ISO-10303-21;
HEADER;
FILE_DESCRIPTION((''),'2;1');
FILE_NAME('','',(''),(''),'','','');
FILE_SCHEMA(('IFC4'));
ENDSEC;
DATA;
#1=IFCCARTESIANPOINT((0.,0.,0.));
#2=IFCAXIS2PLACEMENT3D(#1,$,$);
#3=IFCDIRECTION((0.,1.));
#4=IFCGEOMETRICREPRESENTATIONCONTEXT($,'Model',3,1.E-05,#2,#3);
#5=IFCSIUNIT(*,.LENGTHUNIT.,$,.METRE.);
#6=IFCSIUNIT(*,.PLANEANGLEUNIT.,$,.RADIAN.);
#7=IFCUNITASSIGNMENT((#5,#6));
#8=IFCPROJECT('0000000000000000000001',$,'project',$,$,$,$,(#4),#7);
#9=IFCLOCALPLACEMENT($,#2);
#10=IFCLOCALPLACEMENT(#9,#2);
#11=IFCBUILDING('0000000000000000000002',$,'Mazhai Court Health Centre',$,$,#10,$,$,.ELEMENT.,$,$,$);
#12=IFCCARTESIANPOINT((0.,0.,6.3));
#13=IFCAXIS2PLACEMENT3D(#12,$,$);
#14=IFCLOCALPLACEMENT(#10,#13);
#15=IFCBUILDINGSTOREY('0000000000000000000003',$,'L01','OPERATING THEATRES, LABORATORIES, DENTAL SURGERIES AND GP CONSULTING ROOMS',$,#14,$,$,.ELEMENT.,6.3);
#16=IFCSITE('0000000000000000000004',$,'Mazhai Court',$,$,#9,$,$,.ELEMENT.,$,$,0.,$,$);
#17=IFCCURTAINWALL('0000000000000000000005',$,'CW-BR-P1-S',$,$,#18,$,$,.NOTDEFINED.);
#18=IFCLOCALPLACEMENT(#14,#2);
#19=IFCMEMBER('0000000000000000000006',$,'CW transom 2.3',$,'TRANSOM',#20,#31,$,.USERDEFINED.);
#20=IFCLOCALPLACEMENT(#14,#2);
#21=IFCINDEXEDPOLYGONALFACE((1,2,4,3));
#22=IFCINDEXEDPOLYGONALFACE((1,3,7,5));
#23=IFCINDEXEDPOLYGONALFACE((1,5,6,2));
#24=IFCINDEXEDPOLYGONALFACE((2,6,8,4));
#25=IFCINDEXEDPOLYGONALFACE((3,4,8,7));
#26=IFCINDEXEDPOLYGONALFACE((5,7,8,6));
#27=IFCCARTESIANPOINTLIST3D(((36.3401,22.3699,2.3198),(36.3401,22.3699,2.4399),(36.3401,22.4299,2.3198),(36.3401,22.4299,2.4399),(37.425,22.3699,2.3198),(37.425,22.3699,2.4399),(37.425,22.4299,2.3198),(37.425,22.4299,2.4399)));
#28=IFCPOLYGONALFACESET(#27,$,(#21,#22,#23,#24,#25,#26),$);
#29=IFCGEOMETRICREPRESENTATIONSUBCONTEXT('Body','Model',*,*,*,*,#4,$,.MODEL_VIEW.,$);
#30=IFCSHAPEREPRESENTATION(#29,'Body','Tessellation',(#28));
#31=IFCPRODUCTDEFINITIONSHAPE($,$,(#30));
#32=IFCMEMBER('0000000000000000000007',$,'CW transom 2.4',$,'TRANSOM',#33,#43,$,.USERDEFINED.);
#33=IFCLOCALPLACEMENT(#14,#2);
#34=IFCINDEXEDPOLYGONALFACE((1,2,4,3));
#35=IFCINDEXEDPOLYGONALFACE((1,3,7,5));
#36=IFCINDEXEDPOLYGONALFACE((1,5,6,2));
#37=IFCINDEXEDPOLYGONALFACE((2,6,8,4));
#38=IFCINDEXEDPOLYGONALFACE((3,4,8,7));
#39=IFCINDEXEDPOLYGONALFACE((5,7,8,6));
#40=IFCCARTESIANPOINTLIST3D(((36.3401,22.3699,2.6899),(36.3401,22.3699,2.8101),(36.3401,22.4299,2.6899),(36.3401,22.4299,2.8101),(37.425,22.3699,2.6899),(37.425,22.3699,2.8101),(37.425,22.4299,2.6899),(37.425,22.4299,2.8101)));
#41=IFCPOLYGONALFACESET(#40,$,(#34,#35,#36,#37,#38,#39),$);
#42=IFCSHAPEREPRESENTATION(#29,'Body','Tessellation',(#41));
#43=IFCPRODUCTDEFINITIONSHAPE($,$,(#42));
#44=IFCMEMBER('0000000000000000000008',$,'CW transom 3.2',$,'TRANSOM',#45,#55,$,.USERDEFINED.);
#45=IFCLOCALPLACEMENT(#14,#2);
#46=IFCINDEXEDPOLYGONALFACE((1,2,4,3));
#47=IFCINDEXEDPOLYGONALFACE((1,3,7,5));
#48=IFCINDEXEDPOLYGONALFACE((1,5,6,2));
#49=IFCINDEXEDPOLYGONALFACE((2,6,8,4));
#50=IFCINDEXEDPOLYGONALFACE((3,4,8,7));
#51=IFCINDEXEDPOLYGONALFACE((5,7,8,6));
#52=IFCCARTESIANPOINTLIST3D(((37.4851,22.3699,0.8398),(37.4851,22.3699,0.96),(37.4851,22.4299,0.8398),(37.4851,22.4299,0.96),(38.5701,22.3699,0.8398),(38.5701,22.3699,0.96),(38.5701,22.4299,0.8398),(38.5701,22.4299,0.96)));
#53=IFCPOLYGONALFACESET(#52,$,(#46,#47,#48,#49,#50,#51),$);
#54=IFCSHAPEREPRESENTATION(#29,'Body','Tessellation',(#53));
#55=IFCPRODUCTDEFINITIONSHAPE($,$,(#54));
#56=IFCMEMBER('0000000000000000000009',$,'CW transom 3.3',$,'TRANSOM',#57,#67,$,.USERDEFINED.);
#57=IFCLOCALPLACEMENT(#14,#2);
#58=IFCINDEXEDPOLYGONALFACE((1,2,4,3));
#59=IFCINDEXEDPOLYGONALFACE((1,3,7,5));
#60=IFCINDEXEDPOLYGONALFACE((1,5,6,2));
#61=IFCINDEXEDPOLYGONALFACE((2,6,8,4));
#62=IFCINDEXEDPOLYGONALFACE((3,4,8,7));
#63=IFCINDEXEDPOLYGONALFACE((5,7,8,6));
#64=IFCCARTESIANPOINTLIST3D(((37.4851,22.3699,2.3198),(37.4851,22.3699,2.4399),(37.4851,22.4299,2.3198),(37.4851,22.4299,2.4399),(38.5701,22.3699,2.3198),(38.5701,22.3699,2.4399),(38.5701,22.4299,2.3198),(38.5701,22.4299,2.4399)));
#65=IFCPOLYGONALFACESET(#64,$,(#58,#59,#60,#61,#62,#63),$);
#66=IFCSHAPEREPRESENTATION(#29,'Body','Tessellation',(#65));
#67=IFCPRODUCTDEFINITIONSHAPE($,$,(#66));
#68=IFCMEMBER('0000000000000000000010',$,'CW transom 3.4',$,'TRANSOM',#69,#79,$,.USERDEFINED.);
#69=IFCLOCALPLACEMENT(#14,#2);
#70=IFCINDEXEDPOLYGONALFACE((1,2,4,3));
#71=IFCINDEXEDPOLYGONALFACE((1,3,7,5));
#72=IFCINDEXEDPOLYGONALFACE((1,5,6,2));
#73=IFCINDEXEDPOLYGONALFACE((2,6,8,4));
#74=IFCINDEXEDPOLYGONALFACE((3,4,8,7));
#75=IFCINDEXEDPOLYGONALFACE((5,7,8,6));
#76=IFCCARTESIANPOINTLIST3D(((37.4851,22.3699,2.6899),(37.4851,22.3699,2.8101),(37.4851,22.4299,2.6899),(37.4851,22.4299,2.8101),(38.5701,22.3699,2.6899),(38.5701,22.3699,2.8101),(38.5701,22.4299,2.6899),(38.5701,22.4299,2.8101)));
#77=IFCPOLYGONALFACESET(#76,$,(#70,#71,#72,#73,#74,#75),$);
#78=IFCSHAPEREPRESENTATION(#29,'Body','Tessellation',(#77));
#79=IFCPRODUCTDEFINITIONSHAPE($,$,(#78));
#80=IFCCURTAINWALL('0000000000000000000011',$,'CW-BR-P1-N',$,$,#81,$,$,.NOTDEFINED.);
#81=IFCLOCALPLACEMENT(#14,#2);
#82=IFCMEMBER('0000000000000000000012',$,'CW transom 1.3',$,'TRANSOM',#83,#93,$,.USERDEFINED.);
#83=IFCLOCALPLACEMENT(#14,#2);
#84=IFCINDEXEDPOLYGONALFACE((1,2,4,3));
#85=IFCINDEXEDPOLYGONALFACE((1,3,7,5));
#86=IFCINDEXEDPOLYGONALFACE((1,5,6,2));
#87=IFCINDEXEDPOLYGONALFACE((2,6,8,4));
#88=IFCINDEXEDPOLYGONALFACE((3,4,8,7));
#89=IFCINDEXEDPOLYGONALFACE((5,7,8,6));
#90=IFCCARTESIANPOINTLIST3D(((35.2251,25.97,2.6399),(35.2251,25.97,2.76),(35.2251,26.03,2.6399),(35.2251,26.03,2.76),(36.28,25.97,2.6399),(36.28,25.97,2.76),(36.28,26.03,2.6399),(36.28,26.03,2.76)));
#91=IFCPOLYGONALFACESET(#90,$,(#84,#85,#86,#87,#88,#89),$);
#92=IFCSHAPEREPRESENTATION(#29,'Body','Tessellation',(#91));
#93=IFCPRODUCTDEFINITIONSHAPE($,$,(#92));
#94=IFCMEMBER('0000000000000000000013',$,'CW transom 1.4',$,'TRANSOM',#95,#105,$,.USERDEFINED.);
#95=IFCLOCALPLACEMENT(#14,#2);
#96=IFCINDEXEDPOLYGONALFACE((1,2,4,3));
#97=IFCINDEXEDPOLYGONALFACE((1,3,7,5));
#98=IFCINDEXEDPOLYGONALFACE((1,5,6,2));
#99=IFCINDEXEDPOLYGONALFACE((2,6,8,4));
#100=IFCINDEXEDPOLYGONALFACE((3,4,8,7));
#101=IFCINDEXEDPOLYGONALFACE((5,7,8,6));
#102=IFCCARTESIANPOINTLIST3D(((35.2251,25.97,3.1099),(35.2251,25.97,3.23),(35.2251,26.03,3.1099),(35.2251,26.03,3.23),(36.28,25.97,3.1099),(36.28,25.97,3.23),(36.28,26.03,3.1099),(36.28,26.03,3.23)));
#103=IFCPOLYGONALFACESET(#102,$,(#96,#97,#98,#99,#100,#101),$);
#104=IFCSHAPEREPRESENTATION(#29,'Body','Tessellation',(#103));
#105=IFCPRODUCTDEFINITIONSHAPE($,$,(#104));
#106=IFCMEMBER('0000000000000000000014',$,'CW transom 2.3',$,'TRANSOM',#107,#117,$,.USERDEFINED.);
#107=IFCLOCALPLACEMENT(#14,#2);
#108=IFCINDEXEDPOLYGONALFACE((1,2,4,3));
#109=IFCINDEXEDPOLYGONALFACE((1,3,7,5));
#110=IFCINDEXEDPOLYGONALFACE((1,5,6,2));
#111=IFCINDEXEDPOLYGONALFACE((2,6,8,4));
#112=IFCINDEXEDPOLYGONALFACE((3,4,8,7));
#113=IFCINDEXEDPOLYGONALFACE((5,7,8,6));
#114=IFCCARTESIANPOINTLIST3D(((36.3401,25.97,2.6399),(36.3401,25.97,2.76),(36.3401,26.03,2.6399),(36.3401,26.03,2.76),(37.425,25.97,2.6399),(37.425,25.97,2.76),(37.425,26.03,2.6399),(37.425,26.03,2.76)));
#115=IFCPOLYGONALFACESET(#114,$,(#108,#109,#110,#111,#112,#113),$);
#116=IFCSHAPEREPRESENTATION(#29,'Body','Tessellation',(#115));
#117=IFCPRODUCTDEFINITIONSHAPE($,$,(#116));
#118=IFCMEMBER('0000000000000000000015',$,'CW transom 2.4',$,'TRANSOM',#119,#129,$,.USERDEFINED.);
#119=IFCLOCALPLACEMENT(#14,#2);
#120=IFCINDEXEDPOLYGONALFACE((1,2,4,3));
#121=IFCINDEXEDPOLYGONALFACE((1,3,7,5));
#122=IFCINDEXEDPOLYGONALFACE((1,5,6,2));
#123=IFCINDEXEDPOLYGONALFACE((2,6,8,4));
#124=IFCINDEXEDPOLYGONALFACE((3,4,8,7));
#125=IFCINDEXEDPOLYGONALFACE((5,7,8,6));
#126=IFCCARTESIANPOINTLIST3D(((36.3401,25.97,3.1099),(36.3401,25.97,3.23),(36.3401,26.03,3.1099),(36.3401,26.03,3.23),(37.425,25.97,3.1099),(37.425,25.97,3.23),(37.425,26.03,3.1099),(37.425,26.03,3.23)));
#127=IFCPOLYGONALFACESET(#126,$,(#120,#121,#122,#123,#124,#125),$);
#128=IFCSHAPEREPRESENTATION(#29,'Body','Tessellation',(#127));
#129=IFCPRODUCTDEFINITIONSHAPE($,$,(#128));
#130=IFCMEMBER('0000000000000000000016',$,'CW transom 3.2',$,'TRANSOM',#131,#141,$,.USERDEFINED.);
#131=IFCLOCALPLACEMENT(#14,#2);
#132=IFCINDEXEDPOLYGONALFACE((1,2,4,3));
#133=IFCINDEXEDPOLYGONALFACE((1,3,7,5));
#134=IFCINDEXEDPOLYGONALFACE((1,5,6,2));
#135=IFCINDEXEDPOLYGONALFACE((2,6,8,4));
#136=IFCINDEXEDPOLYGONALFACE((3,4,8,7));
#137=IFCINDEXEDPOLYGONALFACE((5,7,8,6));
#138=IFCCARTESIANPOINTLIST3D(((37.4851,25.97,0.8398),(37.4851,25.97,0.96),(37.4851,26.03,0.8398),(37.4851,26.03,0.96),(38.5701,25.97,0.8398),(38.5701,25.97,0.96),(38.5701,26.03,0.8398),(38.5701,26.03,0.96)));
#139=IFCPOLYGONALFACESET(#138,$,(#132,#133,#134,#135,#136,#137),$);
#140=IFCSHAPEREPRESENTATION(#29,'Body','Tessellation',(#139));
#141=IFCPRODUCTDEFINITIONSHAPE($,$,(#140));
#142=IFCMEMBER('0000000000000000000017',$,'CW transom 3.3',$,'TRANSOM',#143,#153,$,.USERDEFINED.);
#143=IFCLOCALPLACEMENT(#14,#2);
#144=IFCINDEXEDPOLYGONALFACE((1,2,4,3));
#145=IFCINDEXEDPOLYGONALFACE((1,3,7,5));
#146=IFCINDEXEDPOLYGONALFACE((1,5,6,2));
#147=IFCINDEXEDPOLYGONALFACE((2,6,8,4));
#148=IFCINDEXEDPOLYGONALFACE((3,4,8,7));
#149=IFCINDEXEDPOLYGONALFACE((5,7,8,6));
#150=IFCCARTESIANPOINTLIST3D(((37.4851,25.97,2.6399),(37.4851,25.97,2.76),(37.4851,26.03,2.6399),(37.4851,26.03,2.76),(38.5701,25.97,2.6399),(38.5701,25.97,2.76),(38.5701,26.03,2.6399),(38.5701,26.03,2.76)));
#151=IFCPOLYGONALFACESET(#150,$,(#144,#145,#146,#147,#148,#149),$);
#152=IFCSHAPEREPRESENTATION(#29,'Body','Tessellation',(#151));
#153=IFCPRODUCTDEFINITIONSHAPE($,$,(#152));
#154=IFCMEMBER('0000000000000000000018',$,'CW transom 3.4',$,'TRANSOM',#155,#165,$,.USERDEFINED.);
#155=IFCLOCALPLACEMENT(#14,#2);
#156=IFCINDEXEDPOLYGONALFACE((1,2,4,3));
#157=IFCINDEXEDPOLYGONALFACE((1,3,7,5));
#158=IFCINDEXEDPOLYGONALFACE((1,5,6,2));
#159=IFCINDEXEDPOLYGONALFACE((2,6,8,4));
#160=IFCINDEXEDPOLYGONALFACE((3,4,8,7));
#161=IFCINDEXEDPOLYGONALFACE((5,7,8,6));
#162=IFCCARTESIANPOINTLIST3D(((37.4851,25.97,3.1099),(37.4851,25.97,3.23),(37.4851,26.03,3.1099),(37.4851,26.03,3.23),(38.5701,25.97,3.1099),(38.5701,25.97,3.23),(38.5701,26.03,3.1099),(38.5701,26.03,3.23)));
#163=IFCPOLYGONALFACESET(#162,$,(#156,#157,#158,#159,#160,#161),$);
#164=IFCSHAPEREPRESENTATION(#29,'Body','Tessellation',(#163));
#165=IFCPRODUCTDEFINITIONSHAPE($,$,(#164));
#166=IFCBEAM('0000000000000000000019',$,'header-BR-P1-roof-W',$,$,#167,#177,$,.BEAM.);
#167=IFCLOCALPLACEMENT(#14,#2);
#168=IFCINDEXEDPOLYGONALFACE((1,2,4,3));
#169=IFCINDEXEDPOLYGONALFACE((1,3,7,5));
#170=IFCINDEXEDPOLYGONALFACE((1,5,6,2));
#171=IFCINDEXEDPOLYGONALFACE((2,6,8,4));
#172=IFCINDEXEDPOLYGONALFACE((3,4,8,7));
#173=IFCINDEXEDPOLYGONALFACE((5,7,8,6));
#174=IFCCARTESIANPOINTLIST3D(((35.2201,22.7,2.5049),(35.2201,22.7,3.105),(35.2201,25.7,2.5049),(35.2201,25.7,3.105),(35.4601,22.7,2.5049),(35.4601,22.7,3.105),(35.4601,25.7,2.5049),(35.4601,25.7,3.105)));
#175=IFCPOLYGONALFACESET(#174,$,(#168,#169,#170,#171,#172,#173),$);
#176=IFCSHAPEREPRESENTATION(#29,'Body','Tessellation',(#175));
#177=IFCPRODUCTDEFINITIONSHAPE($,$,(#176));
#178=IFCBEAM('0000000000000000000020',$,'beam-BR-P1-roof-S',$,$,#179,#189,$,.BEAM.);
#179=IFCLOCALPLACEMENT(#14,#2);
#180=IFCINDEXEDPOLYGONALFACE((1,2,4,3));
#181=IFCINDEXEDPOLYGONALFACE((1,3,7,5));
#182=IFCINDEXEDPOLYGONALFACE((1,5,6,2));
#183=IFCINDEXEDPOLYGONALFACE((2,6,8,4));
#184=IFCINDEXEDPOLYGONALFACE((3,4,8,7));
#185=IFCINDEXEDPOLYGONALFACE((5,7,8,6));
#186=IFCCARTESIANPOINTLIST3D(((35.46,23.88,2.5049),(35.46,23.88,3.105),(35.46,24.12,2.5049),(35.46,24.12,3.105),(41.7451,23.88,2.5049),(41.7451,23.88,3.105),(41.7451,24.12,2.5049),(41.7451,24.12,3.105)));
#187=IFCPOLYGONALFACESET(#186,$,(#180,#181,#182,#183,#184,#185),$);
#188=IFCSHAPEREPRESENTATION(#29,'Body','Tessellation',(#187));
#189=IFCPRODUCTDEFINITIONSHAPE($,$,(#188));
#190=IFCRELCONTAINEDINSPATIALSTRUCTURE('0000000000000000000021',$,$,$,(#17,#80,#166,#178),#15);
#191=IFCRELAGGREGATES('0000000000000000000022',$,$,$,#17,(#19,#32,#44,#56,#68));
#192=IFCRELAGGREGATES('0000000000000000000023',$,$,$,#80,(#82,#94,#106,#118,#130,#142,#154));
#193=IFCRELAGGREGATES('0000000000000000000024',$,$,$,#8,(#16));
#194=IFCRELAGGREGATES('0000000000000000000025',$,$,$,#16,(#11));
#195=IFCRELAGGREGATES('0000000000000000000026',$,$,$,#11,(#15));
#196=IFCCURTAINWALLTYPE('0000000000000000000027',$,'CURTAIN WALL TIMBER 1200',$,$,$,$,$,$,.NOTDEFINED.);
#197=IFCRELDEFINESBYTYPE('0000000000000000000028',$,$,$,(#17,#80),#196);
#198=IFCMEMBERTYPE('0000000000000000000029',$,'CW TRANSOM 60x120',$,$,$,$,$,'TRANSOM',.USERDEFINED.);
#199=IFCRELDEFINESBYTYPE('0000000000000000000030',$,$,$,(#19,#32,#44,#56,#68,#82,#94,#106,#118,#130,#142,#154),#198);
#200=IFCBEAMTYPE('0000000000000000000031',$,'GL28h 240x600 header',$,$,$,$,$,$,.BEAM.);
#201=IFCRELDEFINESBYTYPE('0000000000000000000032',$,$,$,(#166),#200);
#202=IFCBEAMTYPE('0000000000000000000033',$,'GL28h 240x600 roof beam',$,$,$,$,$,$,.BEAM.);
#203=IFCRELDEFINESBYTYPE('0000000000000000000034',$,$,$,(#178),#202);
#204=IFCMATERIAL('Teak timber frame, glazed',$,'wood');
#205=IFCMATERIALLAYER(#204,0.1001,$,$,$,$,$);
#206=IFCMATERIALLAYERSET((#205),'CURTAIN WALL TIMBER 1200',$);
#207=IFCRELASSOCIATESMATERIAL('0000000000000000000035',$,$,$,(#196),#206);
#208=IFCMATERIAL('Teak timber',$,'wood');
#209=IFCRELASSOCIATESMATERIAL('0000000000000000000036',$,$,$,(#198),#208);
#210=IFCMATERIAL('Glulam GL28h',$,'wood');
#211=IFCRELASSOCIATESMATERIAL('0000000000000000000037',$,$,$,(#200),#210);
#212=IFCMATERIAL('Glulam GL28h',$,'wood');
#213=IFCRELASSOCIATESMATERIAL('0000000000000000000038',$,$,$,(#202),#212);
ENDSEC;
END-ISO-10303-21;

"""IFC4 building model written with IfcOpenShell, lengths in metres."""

from ifc_helpers import new_model, si_unit, direction, frame, origin, origin_2d, place, context, subcontext, project, spatial, rectangle, extrude, material, layer, layer_set, material_profile, profile_set, type_object, element, aggregate, save


model = new_model("IFC4")

# Units and contexts
model_context = context("Model", 3, precision=1e-05, world=origin(), true_north=direction((0.0, 1.0)))
body_context = subcontext(model_context, "Body", "Model", "MODEL_VIEW")
ifc_project = project(units=[si_unit("LENGTHUNIT", "METRE"), si_unit("PLANEANGLEUNIT", "RADIAN")], contexts=[model_context])

# Site, building, storey
site_placement = place(None, origin())
site = spatial("IfcSite", under=ifc_project, at=site_placement, Name="Mazhai Court", CompositionType="ELEMENT", RefElevation=0.0)
building_placement = place(site_placement, origin())
building = spatial("IfcBuilding", under=site, at=building_placement, Name="Mazhai Court Health Centre", CompositionType="ELEMENT")
storey_placement = place(building_placement, frame((0.0, 0.0, 6.3)))
storey = spatial("IfcBuildingStorey", under=building, at=storey_placement, Name="L01", Description="OPERATING THEATRES, LABORATORIES, DENTAL SURGERIES AND GP CONSULTING ROOMS", CompositionType="ELEMENT", Elevation=6.3)

# Curtain walls, members
ifc_material_1 = material(Name="Teak timber frame, glazed", Category="wood")
ifc_layer_1 = layer(ifc_material_1, 0.1001)
ifc_layer_set_1 = layer_set([ifc_layer_1], Name="CURTAIN WALL TIMBER 1200")
curtain_wall_type = type_object("IfcCurtainWallType", Name="CURTAIN WALL TIMBER 1200", PredefinedType="NOTDEFINED", material=ifc_layer_set_1)
curtain_wall_1_placement = place(storey_placement, origin())
curtain_wall_1 = element("IfcCurtainWall", 1, at=curtain_wall_1_placement, inside=storey, type_object=curtain_wall_type, Name="CW-BR-P1-S", PredefinedType="NOTDEFINED")
ifc_material_2 = material(Name="Teak timber", Category="wood")
ifc_material_profile_1 = material_profile(ifc_material_2, rectangle(XDim=0.0601, YDim=0.1201, at=origin_2d()), Name="CW TRANSOM 60x120")
ifc_profile_set_1 = profile_set([ifc_material_profile_1], Name="Teak timber")
member_type = type_object("IfcMemberType", Name="CW TRANSOM 60x120", ElementType="TRANSOM", PredefinedType="USERDEFINED", material=ifc_profile_set_1)
member_1_placement = place(storey_placement, frame((36.3401, 22.3999, 2.3799), z_axis=(1.0, 0.0, 0.0), x_axis=(0.0, 1.0, 0.0)))
member_1 = element("IfcMember", 2, at=member_1_placement, type_object=member_type, Name="CW transom 2.3", ObjectType="TRANSOM", PredefinedType="USERDEFINED", context=body_context, shape_type="SweptSolid", body=[
    extrude(rectangle(XDim=0.0601, YDim=0.1201, at=origin_2d()), origin(), (0.0, 0.0, 1.0), 1.085),
])
member_2_placement = place(storey_placement, frame((36.3401, 22.3999, 2.75), z_axis=(1.0, 0.0, 0.0), x_axis=(0.0, 1.0, 0.0)))
member_2 = element("IfcMember", 3, at=member_2_placement, type_object=member_type, Name="CW transom 2.4", ObjectType="TRANSOM", PredefinedType="USERDEFINED", context=body_context, shape_type="SweptSolid", body=[
    extrude(rectangle(XDim=0.0601, YDim=0.1201, at=origin_2d()), origin(), (0.0, 0.0, 1.0), 1.085),
])
member_3_placement = place(storey_placement, frame((37.4851, 22.3999, 0.8999), z_axis=(1.0, 0.0, 0.0), x_axis=(0.0, 1.0, 0.0)))
member_3 = element("IfcMember", 4, at=member_3_placement, type_object=member_type, Name="CW transom 3.2", ObjectType="TRANSOM", PredefinedType="USERDEFINED", context=body_context, shape_type="SweptSolid", body=[
    extrude(rectangle(XDim=0.0601, YDim=0.1201, at=origin_2d()), origin(), (0.0, 0.0, 1.0), 1.085),
])
member_4_placement = place(storey_placement, frame((37.4851, 22.3999, 2.3799), z_axis=(1.0, 0.0, 0.0), x_axis=(0.0, 1.0, 0.0)))
member_4 = element("IfcMember", 5, at=member_4_placement, type_object=member_type, Name="CW transom 3.3", ObjectType="TRANSOM", PredefinedType="USERDEFINED", context=body_context, shape_type="SweptSolid", body=[
    extrude(rectangle(XDim=0.0601, YDim=0.1201, at=origin_2d()), origin(), (0.0, 0.0, 1.0), 1.085),
])
member_5_placement = place(storey_placement, frame((37.4851, 22.3999, 2.75), z_axis=(1.0, 0.0, 0.0), x_axis=(0.0, 1.0, 0.0)))
member_5 = element("IfcMember", 6, at=member_5_placement, type_object=member_type, Name="CW transom 3.4", ObjectType="TRANSOM", PredefinedType="USERDEFINED", context=body_context, shape_type="SweptSolid", body=[
    extrude(rectangle(XDim=0.0601, YDim=0.1201, at=origin_2d()), origin(), (0.0, 0.0, 1.0), 1.085),
])
curtain_wall_2_placement = place(storey_placement, origin())
curtain_wall_2 = element("IfcCurtainWall", 7, at=curtain_wall_2_placement, inside=storey, type_object=curtain_wall_type, Name="CW-BR-P1-N", PredefinedType="NOTDEFINED")
member_6_placement = place(storey_placement, frame((35.2251, 26.0, 2.7), z_axis=(1.0, 0.0, 0.0), x_axis=(0.0, 1.0, 0.0)))
member_6 = element("IfcMember", 8, at=member_6_placement, type_object=member_type, Name="CW transom 1.3", ObjectType="TRANSOM", PredefinedType="USERDEFINED", context=body_context, shape_type="SweptSolid", body=[
    extrude(rectangle(XDim=0.0601, YDim=0.1201, at=origin_2d()), origin(), (0.0, 0.0, 1.0), 1.0549),
])
member_7_placement = place(storey_placement, frame((35.2251, 26.0, 3.1699), z_axis=(1.0, 0.0, 0.0), x_axis=(0.0, 1.0, 0.0)))
member_7 = element("IfcMember", 9, at=member_7_placement, type_object=member_type, Name="CW transom 1.4", ObjectType="TRANSOM", PredefinedType="USERDEFINED", context=body_context, shape_type="SweptSolid", body=[
    extrude(rectangle(XDim=0.0601, YDim=0.1201, at=origin_2d()), origin(), (0.0, 0.0, 1.0), 1.0549),
])
member_8_placement = place(storey_placement, frame((36.3401, 26.0, 2.7), z_axis=(1.0, 0.0, 0.0), x_axis=(0.0, 1.0, 0.0)))
member_8 = element("IfcMember", 10, at=member_8_placement, type_object=member_type, Name="CW transom 2.3", ObjectType="TRANSOM", PredefinedType="USERDEFINED", context=body_context, shape_type="SweptSolid", body=[
    extrude(rectangle(XDim=0.0601, YDim=0.1201, at=origin_2d()), origin(), (0.0, 0.0, 1.0), 1.085),
])
member_9_placement = place(storey_placement, frame((36.3401, 26.0, 3.1699), z_axis=(1.0, 0.0, 0.0), x_axis=(0.0, 1.0, 0.0)))
member_9 = element("IfcMember", 11, at=member_9_placement, type_object=member_type, Name="CW transom 2.4", ObjectType="TRANSOM", PredefinedType="USERDEFINED", context=body_context, shape_type="SweptSolid", body=[
    extrude(rectangle(XDim=0.0601, YDim=0.1201, at=origin_2d()), origin(), (0.0, 0.0, 1.0), 1.085),
])
member_10_placement = place(storey_placement, frame((37.4851, 26.0, 0.8999), z_axis=(1.0, 0.0, 0.0), x_axis=(0.0, 1.0, 0.0)))
member_10 = element("IfcMember", 12, at=member_10_placement, type_object=member_type, Name="CW transom 3.2", ObjectType="TRANSOM", PredefinedType="USERDEFINED", context=body_context, shape_type="SweptSolid", body=[
    extrude(rectangle(XDim=0.0601, YDim=0.1201, at=origin_2d()), origin(), (0.0, 0.0, 1.0), 1.085),
])
member_11_placement = place(storey_placement, frame((37.4851, 26.0, 2.7), z_axis=(1.0, 0.0, 0.0), x_axis=(0.0, 1.0, 0.0)))
member_11 = element("IfcMember", 13, at=member_11_placement, type_object=member_type, Name="CW transom 3.3", ObjectType="TRANSOM", PredefinedType="USERDEFINED", context=body_context, shape_type="SweptSolid", body=[
    extrude(rectangle(XDim=0.0601, YDim=0.1201, at=origin_2d()), origin(), (0.0, 0.0, 1.0), 1.085),
])
member_12_placement = place(storey_placement, frame((37.4851, 26.0, 3.1699), z_axis=(1.0, 0.0, 0.0), x_axis=(0.0, 1.0, 0.0)))
member_12 = element("IfcMember", 14, at=member_12_placement, type_object=member_type, Name="CW transom 3.4", ObjectType="TRANSOM", PredefinedType="USERDEFINED", context=body_context, shape_type="SweptSolid", body=[
    extrude(rectangle(XDim=0.0601, YDim=0.1201, at=origin_2d()), origin(), (0.0, 0.0, 1.0), 1.085),
])

# Beams
ifc_material_3 = material(Name="Glulam GL28h", Category="wood")
ifc_material_profile_2 = material_profile(ifc_material_3, rectangle(XDim=0.24, YDim=0.6001, at=origin_2d()), Name="GL28h 240x600")
ifc_profile_set_2 = profile_set([ifc_material_profile_2], Name="Glulam GL28h")
beam_type_1 = type_object("IfcBeamType", Name="GL28h 240x600 header", PredefinedType="BEAM", material=ifc_profile_set_2)
beam_placement = place(storey_placement, frame((35.3401, 22.7, 2.8049), z_axis=(0.0, 1.0, 0.0), x_axis=(-1.0, 0.0, 0.0)))
element("IfcBeam", 15, at=beam_placement, inside=storey, type_object=beam_type_1, Name="header-BR-P1-roof-W", PredefinedType="BEAM", context=body_context, shape_type="SweptSolid", body=[
    extrude(rectangle(XDim=0.24, YDim=0.6001, at=origin_2d()), origin(), (0.0, 0.0, 1.0), 3.0),
])
ifc_material_4 = material(Name="Glulam GL28h", Category="wood")
ifc_material_profile_3 = material_profile(ifc_material_4, rectangle(XDim=0.24, YDim=0.6001, at=origin_2d()), Name="GL28h 240x600")
ifc_profile_set_3 = profile_set([ifc_material_profile_3], Name="Glulam GL28h")
beam_type_2 = type_object("IfcBeamType", Name="GL28h 240x600 roof beam", PredefinedType="BEAM", material=ifc_profile_set_3)
for number, where, z_axis, x_axis, name in (
    (16, (35.46, 24.0, 2.8049), (1.0, 0.0, 0.0), (0.0, 1.0, 0.0), "beam-BR-P1-roof-S"),
):
    element("IfcBeam", number, at=place(storey_placement, frame(where, z_axis=z_axis, x_axis=x_axis)), inside=storey, type_object=beam_type_2, Name=name, PredefinedType="BEAM", context=body_context, shape_type="SweptSolid", body=[
        extrude(rectangle(XDim=0.24, YDim=0.6001, at=origin_2d()), origin(), (0.0, 0.0, 1.0), 6.2852),
    ])

aggregate(curtain_wall_1, [member_1, member_2, member_3, member_4, member_5])
aggregate(curtain_wall_2, [member_6, member_7, member_8, member_9, member_10, member_11, member_12])

save(model, "model.ifc")
